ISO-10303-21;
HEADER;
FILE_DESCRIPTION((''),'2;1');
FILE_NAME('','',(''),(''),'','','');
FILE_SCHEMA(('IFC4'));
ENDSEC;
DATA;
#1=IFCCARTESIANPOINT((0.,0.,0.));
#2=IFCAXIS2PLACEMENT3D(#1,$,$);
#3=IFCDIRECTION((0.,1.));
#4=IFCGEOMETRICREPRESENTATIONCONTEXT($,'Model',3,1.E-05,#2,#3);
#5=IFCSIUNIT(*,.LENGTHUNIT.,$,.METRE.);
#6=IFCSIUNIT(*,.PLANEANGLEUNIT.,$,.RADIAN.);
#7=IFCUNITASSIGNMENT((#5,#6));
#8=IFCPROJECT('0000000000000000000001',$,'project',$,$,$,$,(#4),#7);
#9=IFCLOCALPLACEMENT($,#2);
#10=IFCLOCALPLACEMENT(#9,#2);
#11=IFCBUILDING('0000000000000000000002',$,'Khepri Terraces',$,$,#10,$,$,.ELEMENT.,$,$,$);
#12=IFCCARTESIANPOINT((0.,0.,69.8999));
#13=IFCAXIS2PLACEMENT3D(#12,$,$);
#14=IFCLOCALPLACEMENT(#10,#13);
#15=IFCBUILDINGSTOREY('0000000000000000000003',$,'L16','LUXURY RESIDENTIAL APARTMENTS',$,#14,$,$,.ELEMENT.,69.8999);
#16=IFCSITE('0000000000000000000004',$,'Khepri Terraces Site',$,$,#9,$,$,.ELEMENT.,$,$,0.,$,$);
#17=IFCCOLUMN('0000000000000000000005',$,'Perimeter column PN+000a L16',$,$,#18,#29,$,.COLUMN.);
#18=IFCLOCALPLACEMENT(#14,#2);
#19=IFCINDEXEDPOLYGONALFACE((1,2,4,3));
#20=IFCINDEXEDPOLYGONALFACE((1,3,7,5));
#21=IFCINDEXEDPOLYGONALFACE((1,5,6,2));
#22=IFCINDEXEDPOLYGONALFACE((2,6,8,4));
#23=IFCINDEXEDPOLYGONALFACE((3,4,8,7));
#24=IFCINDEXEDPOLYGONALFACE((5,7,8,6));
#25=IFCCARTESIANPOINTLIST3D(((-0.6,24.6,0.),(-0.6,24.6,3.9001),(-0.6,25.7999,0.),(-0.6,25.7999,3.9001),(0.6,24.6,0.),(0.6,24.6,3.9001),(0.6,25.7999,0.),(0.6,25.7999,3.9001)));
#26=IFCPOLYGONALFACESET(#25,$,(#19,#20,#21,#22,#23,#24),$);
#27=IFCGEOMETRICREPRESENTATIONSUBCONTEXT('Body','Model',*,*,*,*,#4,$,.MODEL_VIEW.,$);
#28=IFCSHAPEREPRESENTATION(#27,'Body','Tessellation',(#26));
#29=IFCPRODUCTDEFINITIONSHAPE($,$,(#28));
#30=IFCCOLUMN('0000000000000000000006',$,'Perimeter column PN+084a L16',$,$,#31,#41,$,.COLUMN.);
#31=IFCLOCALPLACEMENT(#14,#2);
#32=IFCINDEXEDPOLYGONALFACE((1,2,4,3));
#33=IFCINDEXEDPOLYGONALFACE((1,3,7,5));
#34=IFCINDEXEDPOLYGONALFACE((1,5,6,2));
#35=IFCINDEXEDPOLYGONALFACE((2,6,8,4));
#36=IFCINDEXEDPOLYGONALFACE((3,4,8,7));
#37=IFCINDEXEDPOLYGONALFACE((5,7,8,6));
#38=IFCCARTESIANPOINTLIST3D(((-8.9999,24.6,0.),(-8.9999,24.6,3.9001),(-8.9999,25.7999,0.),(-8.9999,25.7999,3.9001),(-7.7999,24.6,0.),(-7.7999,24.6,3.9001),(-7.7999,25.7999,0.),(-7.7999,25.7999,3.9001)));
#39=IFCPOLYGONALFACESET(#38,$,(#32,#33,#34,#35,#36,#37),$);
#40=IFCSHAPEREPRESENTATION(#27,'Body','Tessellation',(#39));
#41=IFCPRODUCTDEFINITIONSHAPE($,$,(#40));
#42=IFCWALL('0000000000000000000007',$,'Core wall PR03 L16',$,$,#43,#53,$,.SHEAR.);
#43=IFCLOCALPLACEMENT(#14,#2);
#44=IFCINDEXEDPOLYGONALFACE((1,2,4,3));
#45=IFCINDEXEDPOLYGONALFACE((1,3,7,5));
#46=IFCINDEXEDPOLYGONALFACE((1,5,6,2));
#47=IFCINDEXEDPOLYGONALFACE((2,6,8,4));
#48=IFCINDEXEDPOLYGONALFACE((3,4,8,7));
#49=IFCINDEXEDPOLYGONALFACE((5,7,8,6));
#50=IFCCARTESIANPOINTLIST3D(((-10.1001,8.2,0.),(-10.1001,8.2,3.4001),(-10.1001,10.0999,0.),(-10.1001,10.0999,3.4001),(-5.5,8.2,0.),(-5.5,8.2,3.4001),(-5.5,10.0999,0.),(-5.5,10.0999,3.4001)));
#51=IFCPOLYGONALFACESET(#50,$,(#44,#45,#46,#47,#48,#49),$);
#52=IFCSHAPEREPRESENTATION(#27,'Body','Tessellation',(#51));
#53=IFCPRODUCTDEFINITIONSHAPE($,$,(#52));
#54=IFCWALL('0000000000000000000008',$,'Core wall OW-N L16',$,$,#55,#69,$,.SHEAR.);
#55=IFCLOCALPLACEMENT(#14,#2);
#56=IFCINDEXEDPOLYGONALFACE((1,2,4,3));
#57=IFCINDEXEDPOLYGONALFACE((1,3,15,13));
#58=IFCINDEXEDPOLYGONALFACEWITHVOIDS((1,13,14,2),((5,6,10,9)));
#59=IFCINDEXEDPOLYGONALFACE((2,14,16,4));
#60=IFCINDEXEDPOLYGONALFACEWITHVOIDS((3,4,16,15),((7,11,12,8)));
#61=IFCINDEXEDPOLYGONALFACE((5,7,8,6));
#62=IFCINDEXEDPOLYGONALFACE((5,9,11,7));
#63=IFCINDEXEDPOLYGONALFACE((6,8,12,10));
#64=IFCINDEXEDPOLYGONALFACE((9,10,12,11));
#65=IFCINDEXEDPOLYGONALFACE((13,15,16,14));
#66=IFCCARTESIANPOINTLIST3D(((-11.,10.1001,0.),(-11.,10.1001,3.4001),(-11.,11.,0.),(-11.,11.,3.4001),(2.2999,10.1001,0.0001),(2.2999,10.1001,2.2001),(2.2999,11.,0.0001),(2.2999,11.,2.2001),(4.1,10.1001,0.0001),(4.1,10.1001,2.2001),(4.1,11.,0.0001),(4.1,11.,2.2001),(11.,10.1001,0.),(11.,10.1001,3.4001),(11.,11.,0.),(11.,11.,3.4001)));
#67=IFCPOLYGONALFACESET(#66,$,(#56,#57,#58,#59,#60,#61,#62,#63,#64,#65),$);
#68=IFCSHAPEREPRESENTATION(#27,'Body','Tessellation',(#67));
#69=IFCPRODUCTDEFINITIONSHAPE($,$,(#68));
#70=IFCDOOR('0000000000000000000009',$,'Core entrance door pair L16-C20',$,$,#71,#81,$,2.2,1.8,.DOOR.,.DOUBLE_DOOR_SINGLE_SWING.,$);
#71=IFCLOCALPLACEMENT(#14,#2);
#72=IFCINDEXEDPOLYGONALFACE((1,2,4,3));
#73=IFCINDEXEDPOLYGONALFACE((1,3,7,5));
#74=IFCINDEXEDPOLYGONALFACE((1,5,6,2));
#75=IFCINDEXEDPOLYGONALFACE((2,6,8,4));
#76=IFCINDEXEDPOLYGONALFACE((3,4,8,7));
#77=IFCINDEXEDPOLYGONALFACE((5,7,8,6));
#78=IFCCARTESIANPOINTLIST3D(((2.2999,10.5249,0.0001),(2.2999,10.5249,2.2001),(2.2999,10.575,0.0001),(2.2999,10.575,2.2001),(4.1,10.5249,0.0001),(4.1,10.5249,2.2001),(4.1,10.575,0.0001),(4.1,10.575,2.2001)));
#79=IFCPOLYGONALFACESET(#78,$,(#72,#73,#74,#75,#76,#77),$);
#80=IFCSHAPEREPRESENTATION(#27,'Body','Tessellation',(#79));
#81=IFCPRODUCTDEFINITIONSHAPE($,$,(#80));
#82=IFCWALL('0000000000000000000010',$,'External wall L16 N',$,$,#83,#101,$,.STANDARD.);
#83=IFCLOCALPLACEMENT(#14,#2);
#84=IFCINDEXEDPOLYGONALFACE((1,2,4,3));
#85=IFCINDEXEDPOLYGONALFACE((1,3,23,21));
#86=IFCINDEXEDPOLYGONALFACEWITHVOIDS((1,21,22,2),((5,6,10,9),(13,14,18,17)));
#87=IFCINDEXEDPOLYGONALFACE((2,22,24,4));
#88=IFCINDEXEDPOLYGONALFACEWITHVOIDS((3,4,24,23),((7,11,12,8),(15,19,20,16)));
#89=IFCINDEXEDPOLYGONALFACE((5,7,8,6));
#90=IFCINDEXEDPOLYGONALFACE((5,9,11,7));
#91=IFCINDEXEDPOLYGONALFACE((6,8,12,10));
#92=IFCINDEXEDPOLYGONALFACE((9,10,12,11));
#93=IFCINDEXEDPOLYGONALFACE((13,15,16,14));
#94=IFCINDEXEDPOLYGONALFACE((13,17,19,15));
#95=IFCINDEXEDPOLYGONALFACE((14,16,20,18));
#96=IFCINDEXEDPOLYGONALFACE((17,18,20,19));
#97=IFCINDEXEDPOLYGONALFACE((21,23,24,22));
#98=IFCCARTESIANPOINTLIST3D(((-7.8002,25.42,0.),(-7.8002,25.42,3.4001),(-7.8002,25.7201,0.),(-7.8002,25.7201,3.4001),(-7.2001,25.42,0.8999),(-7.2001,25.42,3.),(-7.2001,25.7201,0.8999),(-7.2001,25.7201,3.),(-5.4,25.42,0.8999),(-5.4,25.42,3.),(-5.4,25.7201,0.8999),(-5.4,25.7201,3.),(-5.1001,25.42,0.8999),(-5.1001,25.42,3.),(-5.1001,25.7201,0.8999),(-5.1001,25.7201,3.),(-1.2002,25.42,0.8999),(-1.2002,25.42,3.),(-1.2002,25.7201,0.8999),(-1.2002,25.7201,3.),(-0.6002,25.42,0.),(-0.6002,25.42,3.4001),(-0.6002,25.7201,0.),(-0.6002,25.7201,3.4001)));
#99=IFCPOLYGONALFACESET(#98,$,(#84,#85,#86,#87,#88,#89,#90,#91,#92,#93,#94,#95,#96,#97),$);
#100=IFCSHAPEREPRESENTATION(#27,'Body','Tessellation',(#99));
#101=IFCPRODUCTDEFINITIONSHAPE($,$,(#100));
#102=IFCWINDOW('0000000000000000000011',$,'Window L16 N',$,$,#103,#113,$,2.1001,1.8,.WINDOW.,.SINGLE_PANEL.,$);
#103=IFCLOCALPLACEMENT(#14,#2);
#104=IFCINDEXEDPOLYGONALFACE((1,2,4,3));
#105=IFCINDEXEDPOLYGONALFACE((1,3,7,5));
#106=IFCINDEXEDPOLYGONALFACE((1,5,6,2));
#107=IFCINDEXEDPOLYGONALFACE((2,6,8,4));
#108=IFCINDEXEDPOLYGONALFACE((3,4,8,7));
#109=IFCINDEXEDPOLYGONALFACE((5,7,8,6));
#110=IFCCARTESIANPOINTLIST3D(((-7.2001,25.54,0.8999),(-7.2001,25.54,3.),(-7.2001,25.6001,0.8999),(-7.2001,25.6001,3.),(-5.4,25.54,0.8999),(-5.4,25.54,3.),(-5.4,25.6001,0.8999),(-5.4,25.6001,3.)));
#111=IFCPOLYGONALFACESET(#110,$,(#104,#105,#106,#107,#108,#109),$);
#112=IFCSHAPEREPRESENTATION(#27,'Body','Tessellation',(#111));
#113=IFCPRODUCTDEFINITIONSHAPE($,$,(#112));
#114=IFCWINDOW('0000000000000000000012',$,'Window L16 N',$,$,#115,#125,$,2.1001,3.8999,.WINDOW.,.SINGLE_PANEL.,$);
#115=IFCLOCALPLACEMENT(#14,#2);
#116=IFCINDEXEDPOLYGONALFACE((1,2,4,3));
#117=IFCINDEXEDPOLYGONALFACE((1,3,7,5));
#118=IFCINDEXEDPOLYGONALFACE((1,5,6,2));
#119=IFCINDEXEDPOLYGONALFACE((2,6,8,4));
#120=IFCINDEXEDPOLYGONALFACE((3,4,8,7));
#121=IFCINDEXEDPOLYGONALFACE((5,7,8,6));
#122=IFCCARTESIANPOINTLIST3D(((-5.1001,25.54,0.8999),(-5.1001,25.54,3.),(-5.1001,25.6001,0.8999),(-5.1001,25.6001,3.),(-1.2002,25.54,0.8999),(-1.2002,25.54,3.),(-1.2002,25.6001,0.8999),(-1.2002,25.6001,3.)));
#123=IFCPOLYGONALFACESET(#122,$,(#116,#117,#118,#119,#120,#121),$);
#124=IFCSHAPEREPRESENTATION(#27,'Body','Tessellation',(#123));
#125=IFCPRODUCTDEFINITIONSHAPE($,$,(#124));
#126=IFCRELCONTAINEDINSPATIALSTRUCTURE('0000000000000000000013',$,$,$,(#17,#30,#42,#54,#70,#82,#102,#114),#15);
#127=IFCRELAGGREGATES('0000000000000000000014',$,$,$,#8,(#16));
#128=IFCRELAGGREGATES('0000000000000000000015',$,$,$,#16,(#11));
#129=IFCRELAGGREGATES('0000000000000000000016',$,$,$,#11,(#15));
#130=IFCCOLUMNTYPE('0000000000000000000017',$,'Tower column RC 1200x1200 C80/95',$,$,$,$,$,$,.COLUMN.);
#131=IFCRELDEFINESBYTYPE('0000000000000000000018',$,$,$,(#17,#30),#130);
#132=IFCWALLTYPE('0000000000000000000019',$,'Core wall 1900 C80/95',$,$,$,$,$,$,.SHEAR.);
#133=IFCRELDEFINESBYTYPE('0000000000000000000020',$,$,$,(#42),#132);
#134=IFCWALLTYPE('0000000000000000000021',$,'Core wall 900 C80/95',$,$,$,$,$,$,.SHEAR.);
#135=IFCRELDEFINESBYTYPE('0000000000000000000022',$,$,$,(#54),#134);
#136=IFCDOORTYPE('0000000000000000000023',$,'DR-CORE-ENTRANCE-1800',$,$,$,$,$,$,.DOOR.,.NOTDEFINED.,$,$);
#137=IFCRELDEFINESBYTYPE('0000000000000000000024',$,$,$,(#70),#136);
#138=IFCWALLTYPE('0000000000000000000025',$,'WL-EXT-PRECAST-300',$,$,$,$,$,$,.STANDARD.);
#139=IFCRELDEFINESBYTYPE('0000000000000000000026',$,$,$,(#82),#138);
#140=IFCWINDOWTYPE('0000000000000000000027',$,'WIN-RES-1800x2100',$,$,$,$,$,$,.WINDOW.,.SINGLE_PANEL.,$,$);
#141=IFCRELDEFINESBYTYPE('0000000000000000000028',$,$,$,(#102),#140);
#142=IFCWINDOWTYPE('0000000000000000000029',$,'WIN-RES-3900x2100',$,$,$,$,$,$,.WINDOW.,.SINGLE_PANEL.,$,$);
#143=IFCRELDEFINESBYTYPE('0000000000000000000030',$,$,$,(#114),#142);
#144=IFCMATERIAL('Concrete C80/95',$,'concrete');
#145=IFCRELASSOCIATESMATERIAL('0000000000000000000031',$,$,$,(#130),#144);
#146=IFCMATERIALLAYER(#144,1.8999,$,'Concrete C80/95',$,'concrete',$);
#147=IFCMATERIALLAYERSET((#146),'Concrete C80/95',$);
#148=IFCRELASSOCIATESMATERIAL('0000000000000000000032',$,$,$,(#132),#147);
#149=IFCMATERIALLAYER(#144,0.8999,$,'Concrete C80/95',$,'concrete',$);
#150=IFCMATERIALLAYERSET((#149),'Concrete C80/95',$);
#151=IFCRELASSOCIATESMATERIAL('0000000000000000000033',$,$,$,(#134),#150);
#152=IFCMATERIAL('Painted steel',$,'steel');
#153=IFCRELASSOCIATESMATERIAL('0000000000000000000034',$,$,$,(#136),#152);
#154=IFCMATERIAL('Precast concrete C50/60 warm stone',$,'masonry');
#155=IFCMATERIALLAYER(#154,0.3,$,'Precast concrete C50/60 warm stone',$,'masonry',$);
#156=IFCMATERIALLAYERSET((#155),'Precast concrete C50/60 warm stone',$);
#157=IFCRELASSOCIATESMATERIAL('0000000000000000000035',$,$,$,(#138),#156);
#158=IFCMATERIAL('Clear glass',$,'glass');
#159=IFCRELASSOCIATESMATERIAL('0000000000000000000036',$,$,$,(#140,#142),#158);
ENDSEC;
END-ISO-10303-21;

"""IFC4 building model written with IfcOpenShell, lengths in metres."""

from ifc_helpers import new_model, si_unit, direction, frame, frame_2d, origin, origin_2d, place, context, subcontext, project, spatial, rectangle, extrude, material, layer, layer_set, material_profile, profile_set, type_object, element, fill, save


model = new_model("IFC4")

# Units and contexts
model_context = context("Model", 3, precision=1e-05, world=origin(), true_north=direction((0.0, 1.0)))
body_context = subcontext(model_context, "Body", "Model", "MODEL_VIEW")
ifc_project = project(units=[si_unit("LENGTHUNIT", "METRE"), si_unit("PLANEANGLEUNIT", "RADIAN")], contexts=[model_context])

# Site, building, storey
site_placement = place(None, origin())
site = spatial("IfcSite", under=ifc_project, at=site_placement, Name="Khepri Terraces Site", CompositionType="ELEMENT", RefElevation=0.0)
building_placement = place(site_placement, origin())
building = spatial("IfcBuilding", under=site, at=building_placement, Name="Khepri Terraces", CompositionType="ELEMENT")
storey_placement = place(building_placement, frame((0.0, 0.0, 69.8999)))
storey = spatial("IfcBuildingStorey", under=building, at=storey_placement, Name="L16", Description="LUXURY RESIDENTIAL APARTMENTS", CompositionType="ELEMENT", Elevation=69.8999)

# Columns
ifc_material_1 = material(Name="Concrete C80/95", Category="concrete")
ifc_material_profile = material_profile(ifc_material_1, rectangle(XDim=1.2, YDim=1.2, at=origin_2d()), Name="Concrete C80/95", Category="concrete")
ifc_profile_set = profile_set([ifc_material_profile], Name="Concrete C80/95")
column_type = type_object("IfcColumnType", Name="Tower column RC 1200x1200 C80/95", PredefinedType="COLUMN", material=ifc_profile_set)
for number, where, z_axis, x_axis, name in (
    (1, (0.0, 25.2, 0.0), (0.0, 0.0, 1.0), (1.0, 0.0, 0.0), "Perimeter column PN+000a L16"),
    (2, (-8.3999, 25.2, 0.0), (0.0, 0.0, 1.0), (1.0, 0.0, 0.0), "Perimeter column PN+084a L16"),
):
    element("IfcColumn", number, at=place(storey_placement, frame(where, z_axis=z_axis, x_axis=x_axis)), inside=storey, type_object=column_type, Name=name, PredefinedType="COLUMN", context=body_context, shape_type="SweptSolid", body=[
        extrude(rectangle(XDim=1.2, YDim=1.2, at=origin_2d()), origin(), (0.0, 0.0, 1.0), 3.9001),
    ])

# Wall
ifc_layer_1 = layer(ifc_material_1, 1.8999, Name="Concrete C80/95", Category="concrete")
ifc_layer_set_1 = layer_set([ifc_layer_1], Name="Concrete C80/95")
wall_type_1 = type_object("IfcWallType", Name="Core wall 1900 C80/95", PredefinedType="SHEAR", material=ifc_layer_set_1)
wall_1_placement = place(storey_placement, frame((-10.1001, 9.1499, 0.0), z_axis=(0.0, 0.0, 1.0), x_axis=(1.0, 0.0, 0.0)))
element("IfcWall", 3, at=wall_1_placement, inside=storey, type_object=wall_type_1, Name="Core wall PR03 L16", PredefinedType="SHEAR", context=body_context, shape_type="SweptSolid", body=[
    extrude(rectangle(XDim=4.6001, YDim=1.8999, at=frame_2d((2.3, 0.0))), origin(), (0.0, 0.0, 1.0), 3.4001),
])

# Wall, opening, door
ifc_layer_2 = layer(ifc_material_1, 0.8999, Name="Concrete C80/95", Category="concrete")
ifc_layer_set_2 = layer_set([ifc_layer_2], Name="Concrete C80/95")
wall_type_2 = type_object("IfcWallType", Name="Core wall 900 C80/95", PredefinedType="SHEAR", material=ifc_layer_set_2)
wall_2_placement = place(storey_placement, frame((-11.0, 10.55, 0.0), z_axis=(0.0, 0.0, 1.0), x_axis=(1.0, 0.0, 0.0)))
wall_2 = element("IfcWall", 4, at=wall_2_placement, inside=storey, type_object=wall_type_2, Name="Core wall OW-N L16", PredefinedType="SHEAR", context=body_context, shape_type="SweptSolid", body=[
    extrude(rectangle(XDim=22.0, YDim=0.8999, at=frame_2d((11.0, 0.0))), origin(), (0.0, 0.0, 1.0), 3.4001),
])
opening_1_placement = place(wall_2_placement, frame((13.3, 0.0, 0.0)))
opening_1 = element("IfcOpeningElement", 5, at=opening_1_placement, cuts=wall_2, PredefinedType="OPENING", context=body_context, shape_type="SweptSolid", body=[
    extrude(rectangle(XDim=1.8, YDim=2.2, at=frame_2d((0.8999, 1.1001))), frame((0.0, 0.46, 0.0), z_axis=(0.0, -1.0, 0.0), x_axis=(1.0, 0.0, 0.0)), (0.0, 0.0, 1.0), 0.9199),
])
ifc_material_2 = material(Name="Painted steel", Category="steel")
door_type_1 = type_object("IfcDoorType", Name="DR-CORE-ENTRANCE-1800", OperationType="NOTDEFINED", PredefinedType="DOOR", material=ifc_material_2)
door_1_placement = place(opening_1_placement, origin())
door_1 = element("IfcDoor", 6, at=door_1_placement, inside=storey, type_object=door_type_1, Name="Core entrance door pair L16-C20", OperationType="DOUBLE_DOOR_SINGLE_SWING", OverallHeight=2.2, OverallWidth=1.8, PredefinedType="DOOR", context=body_context, shape_type="SweptSolid", body=[
    extrude(rectangle(XDim=1.8, YDim=2.2, at=frame_2d((0.8999, 1.1001))), frame((0.0, 0.0249, 0.0), z_axis=(0.0, -1.0, 0.0), x_axis=(1.0, 0.0, 0.0)), (0.0, 0.0, 1.0), 0.05),
])
fill(opening_1, door_1)

# Wall, openings, windows
ifc_material_3 = material(Name="Precast concrete C50/60 warm stone", Category="masonry")
ifc_layer_3 = layer(ifc_material_3, 0.3, Name="Precast concrete C50/60 warm stone", Category="masonry")
ifc_layer_set_3 = layer_set([ifc_layer_3], Name="Precast concrete C50/60 warm stone")
wall_type_3 = type_object("IfcWallType", Name="WL-EXT-PRECAST-300", PredefinedType="STANDARD", material=ifc_layer_set_3)
wall_3_placement = place(storey_placement, frame((-0.6001, 25.5701, 0.0), z_axis=(0.0, 0.0, 1.0), x_axis=(-1.0, 0.0, 0.0)))
wall_3 = element("IfcWall", 7, at=wall_3_placement, inside=storey, type_object=wall_type_3, Name="External wall L16 N", PredefinedType="STANDARD", context=body_context, shape_type="SweptSolid", body=[
    extrude(rectangle(XDim=7.2, YDim=0.3, at=frame_2d((3.6001, 0.0))), origin(), (0.0, 0.0, 1.0), 3.4001),
])
opening_2_placement = place(wall_3_placement, frame((0.6001, 0.0, 0.8999)))
opening_2 = element("IfcOpeningElement", 8, at=opening_2_placement, cuts=wall_3, PredefinedType="OPENING", context=body_context, shape_type="SweptSolid", body=[
    extrude(rectangle(XDim=3.8999, YDim=2.1001, at=frame_2d((1.95, 1.05))), frame((0.0, 0.1602, 0.0), z_axis=(0.0, -1.0, 0.0), x_axis=(1.0, 0.0, 0.0)), (0.0, 0.0, 1.0), 0.3201),
])
opening_3_placement = place(wall_3_placement, frame((4.8, 0.0, 0.8999)))
opening_3 = element("IfcOpeningElement", 9, at=opening_3_placement, cuts=wall_3, PredefinedType="OPENING", context=body_context, shape_type="SweptSolid", body=[
    extrude(rectangle(XDim=1.8, YDim=2.1001, at=frame_2d((0.8999, 1.05))), frame((0.0, 0.1602, 0.0), z_axis=(0.0, -1.0, 0.0), x_axis=(1.0, 0.0, 0.0)), (0.0, 0.0, 1.0), 0.3201),
])
ifc_material_4 = material(Name="Clear glass", Category="glass")
window_type_1 = type_object("IfcWindowType", Name="WIN-RES-1800x2100", PartitioningType="SINGLE_PANEL", PredefinedType="WINDOW", material=ifc_material_4)
window_1_placement = place(opening_3_placement, origin())
window_1 = element("IfcWindow", 10, at=window_1_placement, inside=storey, type_object=window_type_1, Name="Window L16 N", OverallHeight=2.1001, OverallWidth=1.8, PartitioningType="SINGLE_PANEL", PredefinedType="WINDOW", context=body_context, shape_type="SweptSolid", body=[
    extrude(rectangle(XDim=1.8, YDim=2.1001, at=frame_2d((0.8999, 1.05))), frame((0.0, 0.03, 0.0), z_axis=(0.0, -1.0, 0.0), x_axis=(1.0, 0.0, 0.0)), (0.0, 0.0, 1.0), 0.0601),
])
fill(opening_3, window_1)
window_type_2 = type_object("IfcWindowType", Name="WIN-RES-3900x2100", PartitioningType="SINGLE_PANEL", PredefinedType="WINDOW", material=ifc_material_4)
window_2_placement = place(opening_2_placement, origin())
window_2 = element("IfcWindow", 11, at=window_2_placement, inside=storey, type_object=window_type_2, Name="Window L16 N", OverallHeight=2.1001, OverallWidth=3.8999, PartitioningType="SINGLE_PANEL", PredefinedType="WINDOW", context=body_context, shape_type="SweptSolid", body=[
    extrude(rectangle(XDim=3.8999, YDim=2.1001, at=frame_2d((1.95, 1.05))), frame((0.0, 0.03, 0.0), z_axis=(0.0, -1.0, 0.0), x_axis=(1.0, 0.0, 0.0)), (0.0, 0.0, 1.0), 0.0601),
])
fill(opening_2, window_2)

save(model, "model.ifc")
